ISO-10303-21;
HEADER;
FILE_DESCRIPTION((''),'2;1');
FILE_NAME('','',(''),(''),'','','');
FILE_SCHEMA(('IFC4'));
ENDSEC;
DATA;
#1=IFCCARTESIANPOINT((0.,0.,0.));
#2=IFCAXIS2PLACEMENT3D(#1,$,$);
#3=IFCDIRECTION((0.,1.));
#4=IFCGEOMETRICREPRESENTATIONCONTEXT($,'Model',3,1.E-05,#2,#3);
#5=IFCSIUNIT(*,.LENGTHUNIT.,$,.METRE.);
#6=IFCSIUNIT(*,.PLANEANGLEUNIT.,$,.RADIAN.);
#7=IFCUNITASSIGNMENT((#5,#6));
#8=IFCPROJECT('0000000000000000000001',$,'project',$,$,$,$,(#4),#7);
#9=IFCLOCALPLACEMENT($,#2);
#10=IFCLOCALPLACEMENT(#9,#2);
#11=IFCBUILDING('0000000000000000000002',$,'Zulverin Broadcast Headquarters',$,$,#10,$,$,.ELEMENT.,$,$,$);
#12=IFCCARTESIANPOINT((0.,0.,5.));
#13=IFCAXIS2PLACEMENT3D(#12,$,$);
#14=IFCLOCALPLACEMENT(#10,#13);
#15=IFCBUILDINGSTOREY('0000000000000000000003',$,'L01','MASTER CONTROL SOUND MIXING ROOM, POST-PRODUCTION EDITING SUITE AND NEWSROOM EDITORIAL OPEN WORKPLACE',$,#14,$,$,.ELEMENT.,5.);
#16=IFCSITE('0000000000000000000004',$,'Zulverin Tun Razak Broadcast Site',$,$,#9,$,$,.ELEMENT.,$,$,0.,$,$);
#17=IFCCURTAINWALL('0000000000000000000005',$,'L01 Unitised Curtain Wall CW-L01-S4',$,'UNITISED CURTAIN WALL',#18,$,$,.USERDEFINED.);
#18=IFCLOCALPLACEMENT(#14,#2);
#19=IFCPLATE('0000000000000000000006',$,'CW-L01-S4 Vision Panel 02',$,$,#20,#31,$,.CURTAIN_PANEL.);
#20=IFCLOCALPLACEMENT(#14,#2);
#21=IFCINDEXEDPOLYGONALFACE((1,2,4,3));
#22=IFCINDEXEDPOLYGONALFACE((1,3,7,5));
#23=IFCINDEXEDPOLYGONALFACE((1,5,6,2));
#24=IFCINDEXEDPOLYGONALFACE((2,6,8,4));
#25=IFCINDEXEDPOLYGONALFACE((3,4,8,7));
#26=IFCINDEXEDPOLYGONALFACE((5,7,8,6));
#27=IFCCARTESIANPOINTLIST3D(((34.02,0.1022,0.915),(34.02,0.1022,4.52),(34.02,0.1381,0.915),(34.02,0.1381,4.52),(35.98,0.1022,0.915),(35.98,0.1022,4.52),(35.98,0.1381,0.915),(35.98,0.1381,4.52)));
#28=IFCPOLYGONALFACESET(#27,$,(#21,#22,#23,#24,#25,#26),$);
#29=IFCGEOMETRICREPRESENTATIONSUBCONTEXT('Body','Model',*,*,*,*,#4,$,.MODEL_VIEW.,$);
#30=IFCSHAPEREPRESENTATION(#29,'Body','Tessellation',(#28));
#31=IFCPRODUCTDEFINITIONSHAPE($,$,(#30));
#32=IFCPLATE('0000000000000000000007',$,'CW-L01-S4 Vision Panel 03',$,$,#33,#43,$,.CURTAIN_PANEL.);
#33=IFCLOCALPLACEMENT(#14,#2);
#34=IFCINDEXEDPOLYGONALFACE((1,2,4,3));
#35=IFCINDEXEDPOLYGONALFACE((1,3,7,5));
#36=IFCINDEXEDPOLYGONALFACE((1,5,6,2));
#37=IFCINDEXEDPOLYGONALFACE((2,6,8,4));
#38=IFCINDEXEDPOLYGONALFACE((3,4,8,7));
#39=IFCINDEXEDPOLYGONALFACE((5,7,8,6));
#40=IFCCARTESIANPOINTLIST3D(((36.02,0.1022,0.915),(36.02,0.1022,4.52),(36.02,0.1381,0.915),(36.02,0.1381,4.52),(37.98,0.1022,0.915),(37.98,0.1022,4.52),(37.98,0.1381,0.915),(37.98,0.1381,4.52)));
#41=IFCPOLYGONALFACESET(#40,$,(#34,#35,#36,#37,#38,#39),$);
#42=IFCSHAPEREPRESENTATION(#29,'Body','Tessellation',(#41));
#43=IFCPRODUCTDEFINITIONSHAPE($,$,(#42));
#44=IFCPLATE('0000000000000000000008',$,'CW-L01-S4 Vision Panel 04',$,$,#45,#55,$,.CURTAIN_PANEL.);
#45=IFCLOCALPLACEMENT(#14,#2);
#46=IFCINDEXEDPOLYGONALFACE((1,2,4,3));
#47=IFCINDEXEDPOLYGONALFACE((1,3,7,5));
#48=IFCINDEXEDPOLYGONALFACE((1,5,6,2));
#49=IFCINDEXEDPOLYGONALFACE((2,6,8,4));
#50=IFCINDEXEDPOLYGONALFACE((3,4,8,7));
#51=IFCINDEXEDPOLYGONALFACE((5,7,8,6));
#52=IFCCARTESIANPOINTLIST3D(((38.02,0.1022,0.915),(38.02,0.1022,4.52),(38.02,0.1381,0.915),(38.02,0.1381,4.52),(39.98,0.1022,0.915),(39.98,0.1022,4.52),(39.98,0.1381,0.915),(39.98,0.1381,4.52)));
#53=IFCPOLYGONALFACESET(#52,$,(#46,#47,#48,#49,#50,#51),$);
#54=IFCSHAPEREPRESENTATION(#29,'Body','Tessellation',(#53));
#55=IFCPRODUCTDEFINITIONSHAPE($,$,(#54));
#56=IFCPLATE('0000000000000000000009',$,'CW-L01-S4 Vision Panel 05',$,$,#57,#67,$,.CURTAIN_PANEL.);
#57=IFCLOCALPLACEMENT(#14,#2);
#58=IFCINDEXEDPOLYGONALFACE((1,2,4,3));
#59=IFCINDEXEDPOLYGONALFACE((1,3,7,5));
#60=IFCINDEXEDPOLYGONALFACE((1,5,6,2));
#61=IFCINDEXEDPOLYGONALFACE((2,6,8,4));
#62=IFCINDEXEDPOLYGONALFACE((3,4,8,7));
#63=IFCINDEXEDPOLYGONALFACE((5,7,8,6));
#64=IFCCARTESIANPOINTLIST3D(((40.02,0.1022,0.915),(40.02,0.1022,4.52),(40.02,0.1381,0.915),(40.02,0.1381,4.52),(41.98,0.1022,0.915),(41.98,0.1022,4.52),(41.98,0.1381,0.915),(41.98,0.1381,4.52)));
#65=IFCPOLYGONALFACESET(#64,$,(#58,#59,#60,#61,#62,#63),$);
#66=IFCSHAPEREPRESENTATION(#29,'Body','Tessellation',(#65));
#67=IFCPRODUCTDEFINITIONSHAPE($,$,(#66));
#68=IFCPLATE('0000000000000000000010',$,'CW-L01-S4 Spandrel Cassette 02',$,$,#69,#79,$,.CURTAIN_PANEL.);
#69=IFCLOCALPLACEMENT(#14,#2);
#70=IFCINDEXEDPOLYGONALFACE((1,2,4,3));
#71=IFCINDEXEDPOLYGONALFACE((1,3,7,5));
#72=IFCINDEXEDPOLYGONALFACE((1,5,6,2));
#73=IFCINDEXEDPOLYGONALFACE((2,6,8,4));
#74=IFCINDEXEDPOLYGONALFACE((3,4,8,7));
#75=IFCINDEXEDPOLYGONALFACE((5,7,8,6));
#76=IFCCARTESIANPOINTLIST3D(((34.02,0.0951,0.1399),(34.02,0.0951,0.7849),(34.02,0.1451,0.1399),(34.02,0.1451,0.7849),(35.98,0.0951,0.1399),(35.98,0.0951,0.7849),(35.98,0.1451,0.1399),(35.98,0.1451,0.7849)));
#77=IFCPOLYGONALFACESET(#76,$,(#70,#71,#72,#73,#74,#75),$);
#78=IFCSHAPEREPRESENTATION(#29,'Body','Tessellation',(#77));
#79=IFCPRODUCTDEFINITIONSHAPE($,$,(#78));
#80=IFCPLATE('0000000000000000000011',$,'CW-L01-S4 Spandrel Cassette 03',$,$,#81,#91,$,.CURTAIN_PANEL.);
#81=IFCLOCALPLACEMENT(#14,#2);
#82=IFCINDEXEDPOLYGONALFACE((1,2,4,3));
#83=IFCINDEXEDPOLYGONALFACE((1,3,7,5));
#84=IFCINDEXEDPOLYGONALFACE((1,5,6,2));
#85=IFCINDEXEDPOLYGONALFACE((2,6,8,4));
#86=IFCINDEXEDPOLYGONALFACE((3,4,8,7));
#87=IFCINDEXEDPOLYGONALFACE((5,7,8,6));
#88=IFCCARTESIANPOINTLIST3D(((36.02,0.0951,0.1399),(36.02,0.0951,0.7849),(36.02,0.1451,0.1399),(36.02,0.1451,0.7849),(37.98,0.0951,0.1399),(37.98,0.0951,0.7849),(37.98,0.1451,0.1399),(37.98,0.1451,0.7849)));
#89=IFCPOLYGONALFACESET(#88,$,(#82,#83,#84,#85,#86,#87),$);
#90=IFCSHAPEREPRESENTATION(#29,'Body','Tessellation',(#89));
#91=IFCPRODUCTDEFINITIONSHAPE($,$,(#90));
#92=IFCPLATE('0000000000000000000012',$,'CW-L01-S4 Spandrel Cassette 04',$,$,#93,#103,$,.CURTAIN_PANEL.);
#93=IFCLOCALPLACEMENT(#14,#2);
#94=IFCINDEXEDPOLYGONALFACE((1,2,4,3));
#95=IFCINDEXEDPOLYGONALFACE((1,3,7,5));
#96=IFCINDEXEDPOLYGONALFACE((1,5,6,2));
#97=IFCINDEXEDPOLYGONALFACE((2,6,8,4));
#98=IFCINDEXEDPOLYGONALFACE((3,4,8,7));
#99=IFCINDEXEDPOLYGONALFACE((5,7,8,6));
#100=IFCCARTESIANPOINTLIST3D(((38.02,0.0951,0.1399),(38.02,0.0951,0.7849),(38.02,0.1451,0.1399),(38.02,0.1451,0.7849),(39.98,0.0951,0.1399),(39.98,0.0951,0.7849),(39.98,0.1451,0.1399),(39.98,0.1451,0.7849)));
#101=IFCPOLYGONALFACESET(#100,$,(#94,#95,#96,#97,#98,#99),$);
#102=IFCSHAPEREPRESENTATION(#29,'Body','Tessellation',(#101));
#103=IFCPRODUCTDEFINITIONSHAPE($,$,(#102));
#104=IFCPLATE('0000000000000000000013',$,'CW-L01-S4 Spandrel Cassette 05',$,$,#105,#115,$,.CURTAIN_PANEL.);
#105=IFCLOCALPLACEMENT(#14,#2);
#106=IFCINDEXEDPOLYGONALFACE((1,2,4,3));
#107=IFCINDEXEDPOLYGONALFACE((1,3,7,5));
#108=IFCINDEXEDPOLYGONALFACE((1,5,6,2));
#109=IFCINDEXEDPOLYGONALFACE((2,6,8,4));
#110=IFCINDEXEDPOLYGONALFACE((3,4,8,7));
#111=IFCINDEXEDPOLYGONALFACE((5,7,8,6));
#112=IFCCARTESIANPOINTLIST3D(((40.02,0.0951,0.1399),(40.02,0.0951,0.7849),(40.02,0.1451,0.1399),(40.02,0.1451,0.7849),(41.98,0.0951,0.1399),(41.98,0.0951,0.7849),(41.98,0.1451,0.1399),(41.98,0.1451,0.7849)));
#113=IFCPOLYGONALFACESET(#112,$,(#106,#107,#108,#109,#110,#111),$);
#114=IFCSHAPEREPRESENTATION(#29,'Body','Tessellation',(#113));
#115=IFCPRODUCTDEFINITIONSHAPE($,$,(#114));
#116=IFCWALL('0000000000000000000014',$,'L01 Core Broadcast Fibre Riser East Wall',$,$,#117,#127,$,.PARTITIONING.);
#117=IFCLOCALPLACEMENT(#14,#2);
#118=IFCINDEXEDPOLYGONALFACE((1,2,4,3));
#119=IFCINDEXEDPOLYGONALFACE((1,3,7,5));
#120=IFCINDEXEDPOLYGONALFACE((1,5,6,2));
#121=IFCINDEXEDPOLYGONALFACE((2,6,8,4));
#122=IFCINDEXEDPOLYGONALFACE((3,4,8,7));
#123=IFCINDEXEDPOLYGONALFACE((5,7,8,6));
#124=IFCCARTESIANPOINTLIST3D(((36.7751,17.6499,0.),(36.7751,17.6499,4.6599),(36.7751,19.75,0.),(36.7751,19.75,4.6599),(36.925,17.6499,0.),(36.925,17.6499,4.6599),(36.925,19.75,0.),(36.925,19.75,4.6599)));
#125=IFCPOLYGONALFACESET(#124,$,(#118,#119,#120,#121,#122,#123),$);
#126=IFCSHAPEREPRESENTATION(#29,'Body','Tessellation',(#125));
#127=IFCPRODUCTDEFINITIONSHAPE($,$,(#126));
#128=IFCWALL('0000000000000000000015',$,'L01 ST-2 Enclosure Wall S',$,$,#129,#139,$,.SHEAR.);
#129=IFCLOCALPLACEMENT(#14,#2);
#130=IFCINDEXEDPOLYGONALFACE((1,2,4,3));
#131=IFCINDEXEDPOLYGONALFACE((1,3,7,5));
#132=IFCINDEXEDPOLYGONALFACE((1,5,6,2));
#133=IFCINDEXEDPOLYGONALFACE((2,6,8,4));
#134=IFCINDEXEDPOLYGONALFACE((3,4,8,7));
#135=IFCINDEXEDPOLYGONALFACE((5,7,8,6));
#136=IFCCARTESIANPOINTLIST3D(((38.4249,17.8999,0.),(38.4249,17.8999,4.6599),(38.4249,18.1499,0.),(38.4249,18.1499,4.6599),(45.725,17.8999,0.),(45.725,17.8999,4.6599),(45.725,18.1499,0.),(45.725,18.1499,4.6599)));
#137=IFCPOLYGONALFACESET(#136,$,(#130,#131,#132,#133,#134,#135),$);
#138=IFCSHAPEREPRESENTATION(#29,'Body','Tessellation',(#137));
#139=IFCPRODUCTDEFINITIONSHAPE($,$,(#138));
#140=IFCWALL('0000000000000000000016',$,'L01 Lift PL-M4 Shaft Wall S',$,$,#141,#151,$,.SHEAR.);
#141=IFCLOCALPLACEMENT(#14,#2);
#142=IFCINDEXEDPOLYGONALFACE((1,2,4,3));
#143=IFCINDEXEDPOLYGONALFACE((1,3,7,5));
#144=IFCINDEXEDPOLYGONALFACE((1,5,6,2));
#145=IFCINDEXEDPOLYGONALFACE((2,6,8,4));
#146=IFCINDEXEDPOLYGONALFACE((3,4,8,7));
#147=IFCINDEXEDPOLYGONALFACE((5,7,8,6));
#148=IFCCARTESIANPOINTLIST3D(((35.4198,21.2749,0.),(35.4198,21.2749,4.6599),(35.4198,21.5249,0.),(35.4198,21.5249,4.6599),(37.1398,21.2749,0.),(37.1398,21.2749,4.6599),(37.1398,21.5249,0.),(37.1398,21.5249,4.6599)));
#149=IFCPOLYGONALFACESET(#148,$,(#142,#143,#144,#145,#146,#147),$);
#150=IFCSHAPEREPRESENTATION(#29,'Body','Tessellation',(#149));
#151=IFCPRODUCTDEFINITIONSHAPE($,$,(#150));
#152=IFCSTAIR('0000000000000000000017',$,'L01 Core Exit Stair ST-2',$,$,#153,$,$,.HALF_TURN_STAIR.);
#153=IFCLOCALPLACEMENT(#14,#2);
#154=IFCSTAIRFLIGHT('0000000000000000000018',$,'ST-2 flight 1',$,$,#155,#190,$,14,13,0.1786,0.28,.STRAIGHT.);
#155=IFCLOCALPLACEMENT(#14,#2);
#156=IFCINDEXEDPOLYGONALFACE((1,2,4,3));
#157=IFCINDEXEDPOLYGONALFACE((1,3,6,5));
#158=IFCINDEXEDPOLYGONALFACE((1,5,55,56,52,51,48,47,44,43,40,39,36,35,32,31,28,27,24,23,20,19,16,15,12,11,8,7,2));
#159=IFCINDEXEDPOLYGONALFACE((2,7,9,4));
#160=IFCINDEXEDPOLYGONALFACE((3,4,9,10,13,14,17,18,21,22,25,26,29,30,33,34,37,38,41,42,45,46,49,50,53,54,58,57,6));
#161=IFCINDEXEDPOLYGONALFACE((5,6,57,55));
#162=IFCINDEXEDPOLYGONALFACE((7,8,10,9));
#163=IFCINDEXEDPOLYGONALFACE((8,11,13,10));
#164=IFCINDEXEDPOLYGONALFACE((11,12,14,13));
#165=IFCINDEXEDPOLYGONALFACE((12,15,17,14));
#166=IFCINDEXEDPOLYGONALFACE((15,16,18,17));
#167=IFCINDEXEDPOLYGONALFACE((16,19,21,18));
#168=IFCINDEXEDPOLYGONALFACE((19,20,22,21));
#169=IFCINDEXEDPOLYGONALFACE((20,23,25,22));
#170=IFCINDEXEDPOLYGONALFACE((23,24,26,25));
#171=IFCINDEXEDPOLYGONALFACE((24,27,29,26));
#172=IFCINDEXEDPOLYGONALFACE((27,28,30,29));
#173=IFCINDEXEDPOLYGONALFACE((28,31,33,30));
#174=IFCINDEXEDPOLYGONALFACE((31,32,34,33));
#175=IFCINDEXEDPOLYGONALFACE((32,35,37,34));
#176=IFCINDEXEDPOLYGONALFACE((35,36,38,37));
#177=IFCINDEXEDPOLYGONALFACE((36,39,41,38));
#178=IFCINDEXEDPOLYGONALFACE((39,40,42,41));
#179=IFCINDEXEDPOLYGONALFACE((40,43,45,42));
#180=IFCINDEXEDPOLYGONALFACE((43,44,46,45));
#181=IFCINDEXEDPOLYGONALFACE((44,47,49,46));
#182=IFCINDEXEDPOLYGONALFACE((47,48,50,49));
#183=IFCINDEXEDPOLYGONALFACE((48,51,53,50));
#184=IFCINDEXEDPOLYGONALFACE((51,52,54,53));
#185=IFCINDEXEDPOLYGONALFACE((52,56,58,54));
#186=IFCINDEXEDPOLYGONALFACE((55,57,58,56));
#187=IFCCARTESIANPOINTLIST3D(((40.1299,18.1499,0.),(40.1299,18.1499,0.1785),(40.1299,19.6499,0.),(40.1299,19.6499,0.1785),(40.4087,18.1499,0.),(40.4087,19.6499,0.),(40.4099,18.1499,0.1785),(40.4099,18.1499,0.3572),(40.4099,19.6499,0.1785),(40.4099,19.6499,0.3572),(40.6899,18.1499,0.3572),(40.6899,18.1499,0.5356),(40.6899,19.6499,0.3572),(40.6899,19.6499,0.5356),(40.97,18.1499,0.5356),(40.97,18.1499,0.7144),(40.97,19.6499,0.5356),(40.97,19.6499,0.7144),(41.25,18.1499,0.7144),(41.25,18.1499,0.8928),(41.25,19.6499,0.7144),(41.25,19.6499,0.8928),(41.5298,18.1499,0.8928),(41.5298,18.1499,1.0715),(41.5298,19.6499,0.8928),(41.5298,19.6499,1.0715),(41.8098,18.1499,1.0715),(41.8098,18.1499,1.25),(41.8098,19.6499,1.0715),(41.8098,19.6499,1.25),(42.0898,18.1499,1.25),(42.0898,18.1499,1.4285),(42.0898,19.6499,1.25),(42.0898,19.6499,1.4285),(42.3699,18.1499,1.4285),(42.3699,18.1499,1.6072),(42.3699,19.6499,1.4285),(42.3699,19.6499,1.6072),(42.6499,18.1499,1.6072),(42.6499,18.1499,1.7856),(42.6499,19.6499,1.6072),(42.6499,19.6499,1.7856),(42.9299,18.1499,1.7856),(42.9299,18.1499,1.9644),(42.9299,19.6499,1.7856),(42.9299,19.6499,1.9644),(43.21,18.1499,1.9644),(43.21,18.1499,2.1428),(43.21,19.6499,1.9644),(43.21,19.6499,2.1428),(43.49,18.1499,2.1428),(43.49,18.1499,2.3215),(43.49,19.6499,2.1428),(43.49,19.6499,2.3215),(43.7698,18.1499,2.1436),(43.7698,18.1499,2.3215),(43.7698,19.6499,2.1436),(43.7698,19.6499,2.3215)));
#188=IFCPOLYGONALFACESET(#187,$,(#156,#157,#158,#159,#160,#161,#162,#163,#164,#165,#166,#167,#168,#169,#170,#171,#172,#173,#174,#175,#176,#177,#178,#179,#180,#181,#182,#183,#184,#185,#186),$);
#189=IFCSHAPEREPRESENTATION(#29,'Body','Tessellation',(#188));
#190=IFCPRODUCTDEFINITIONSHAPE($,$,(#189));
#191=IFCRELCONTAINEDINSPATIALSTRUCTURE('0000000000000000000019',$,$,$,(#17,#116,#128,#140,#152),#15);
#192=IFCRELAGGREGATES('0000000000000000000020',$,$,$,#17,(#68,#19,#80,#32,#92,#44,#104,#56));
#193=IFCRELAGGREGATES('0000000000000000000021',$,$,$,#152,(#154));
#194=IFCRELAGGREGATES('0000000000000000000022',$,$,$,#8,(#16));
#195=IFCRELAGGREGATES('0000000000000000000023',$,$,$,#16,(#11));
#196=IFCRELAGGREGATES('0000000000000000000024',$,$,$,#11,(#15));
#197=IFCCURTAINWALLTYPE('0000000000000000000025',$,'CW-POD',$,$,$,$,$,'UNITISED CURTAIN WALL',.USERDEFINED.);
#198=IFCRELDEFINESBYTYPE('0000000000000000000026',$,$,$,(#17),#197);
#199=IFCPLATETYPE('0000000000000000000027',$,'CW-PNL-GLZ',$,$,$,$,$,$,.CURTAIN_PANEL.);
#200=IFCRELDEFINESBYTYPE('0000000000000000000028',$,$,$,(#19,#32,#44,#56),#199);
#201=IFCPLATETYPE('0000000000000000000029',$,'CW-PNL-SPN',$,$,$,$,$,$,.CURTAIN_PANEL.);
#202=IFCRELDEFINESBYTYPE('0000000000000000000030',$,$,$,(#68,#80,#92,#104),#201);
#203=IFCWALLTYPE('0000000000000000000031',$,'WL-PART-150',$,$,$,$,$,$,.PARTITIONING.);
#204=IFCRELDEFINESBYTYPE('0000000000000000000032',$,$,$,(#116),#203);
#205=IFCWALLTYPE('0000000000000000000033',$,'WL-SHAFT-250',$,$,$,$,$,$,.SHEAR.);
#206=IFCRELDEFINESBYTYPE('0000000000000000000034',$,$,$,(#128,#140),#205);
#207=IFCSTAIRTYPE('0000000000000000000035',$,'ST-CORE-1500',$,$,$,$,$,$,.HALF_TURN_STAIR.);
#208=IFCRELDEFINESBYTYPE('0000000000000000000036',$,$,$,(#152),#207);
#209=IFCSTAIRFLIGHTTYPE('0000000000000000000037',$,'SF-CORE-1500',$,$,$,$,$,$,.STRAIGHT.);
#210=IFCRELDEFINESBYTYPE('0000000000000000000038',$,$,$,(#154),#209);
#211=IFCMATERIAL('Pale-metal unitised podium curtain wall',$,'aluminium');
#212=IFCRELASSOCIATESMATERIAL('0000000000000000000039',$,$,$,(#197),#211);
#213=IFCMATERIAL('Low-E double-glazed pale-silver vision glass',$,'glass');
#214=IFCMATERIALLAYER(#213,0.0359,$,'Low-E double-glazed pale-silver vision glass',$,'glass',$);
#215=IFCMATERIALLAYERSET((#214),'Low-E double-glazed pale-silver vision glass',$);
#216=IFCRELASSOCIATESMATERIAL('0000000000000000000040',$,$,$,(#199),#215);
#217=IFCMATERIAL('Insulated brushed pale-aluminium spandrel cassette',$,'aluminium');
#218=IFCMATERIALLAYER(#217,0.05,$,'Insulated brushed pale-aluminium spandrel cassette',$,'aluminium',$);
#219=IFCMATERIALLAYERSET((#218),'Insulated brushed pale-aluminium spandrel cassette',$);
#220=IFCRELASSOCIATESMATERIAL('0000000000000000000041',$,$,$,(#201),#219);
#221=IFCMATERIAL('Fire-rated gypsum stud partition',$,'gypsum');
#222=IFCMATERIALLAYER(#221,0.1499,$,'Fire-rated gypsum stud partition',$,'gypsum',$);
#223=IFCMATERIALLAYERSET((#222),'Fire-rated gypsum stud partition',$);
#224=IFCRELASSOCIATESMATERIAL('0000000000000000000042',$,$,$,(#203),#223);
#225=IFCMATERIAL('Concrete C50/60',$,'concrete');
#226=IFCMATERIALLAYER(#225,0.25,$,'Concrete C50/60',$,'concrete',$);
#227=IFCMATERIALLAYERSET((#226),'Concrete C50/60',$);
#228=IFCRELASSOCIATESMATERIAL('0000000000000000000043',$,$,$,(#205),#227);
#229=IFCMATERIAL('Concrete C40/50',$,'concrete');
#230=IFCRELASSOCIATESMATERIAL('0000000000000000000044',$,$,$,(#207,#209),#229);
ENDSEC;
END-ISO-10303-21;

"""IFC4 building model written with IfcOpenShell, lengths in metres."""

from ifc_helpers import new_model, si_unit, direction, frame, frame_2d, origin, origin_2d, place, context, subcontext, project, spatial, polyline, rectangle, outline, extrude, material, layer, layer_set, type_object, element, aggregate, save


model = new_model("IFC4")

# Units and contexts
model_context = context("Model", 3, precision=1e-05, world=origin(), true_north=direction((0.0, 1.0)))
body_context = subcontext(model_context, "Body", "Model", "MODEL_VIEW")
ifc_project = project(units=[si_unit("LENGTHUNIT", "METRE"), si_unit("PLANEANGLEUNIT", "RADIAN")], contexts=[model_context])

# Site, building, storey
site_placement = place(None, origin())
site = spatial("IfcSite", under=ifc_project, at=site_placement, Name="Zulverin Tun Razak Broadcast Site", CompositionType="ELEMENT", RefElevation=0.0)
building_placement = place(site_placement, origin())
building = spatial("IfcBuilding", under=site, at=building_placement, Name="Zulverin Broadcast Headquarters", CompositionType="ELEMENT")
storey_placement = place(building_placement, frame((0.0, 0.0, 5.0)))
storey = spatial("IfcBuildingStorey", under=building, at=storey_placement, Name="L01", Description="MASTER CONTROL SOUND MIXING ROOM, POST-PRODUCTION EDITING SUITE AND NEWSROOM EDITORIAL OPEN WORKPLACE", CompositionType="ELEMENT", Elevation=5.0)

# Curtain wall, plates
ifc_material_1 = material(Name="Pale-metal unitised podium curtain wall", Category="aluminium")
curtain_wall_type = type_object("IfcCurtainWallType", Name="CW-POD", ElementType="UNITISED CURTAIN WALL", PredefinedType="USERDEFINED", material=ifc_material_1)
curtain_wall_placement = place(storey_placement, origin())
curtain_wall = element("IfcCurtainWall", 1, at=curtain_wall_placement, inside=storey, type_object=curtain_wall_type, Name="L01 Unitised Curtain Wall CW-L01-S4", ObjectType="UNITISED CURTAIN WALL", PredefinedType="USERDEFINED")
ifc_material_2 = material(Name="Low-E double-glazed pale-silver vision glass", Category="glass")
ifc_layer_1 = layer(ifc_material_2, 0.0359, Name="Low-E double-glazed pale-silver vision glass", Category="glass")
ifc_layer_set_1 = layer_set([ifc_layer_1], Name="Low-E double-glazed pale-silver vision glass")
plate_type_1 = type_object("IfcPlateType", Name="CW-PNL-GLZ", PredefinedType="CURTAIN_PANEL", material=ifc_layer_set_1)
plate_1_placement = place(storey_placement, frame((35.0, 0.1201, 0.915), z_axis=(0.0, 0.0, 1.0), x_axis=(1.0, 0.0, 0.0)))
plate_1 = element("IfcPlate", 2, at=plate_1_placement, type_object=plate_type_1, Name="CW-L01-S4 Vision Panel 02", PredefinedType="CURTAIN_PANEL", context=body_context, shape_type="SweptSolid", body=[
    extrude(rectangle(XDim=1.96, YDim=0.0359, at=origin_2d()), origin(), (0.0, 0.0, 1.0), 3.605),
])
plate_2_placement = place(storey_placement, frame((37.0, 0.1201, 0.915), z_axis=(0.0, 0.0, 1.0), x_axis=(1.0, 0.0, 0.0)))
plate_2 = element("IfcPlate", 3, at=plate_2_placement, type_object=plate_type_1, Name="CW-L01-S4 Vision Panel 03", PredefinedType="CURTAIN_PANEL", context=body_context, shape_type="SweptSolid", body=[
    extrude(rectangle(XDim=1.96, YDim=0.0359, at=origin_2d()), origin(), (0.0, 0.0, 1.0), 3.605),
])
plate_3_placement = place(storey_placement, frame((39.0, 0.1201, 0.915), z_axis=(0.0, 0.0, 1.0), x_axis=(1.0, 0.0, 0.0)))
plate_3 = element("IfcPlate", 4, at=plate_3_placement, type_object=plate_type_1, Name="CW-L01-S4 Vision Panel 04", PredefinedType="CURTAIN_PANEL", context=body_context, shape_type="SweptSolid", body=[
    extrude(rectangle(XDim=1.96, YDim=0.0359, at=origin_2d()), origin(), (0.0, 0.0, 1.0), 3.605),
])
plate_4_placement = place(storey_placement, frame((41.0, 0.1201, 0.915), z_axis=(0.0, 0.0, 1.0), x_axis=(1.0, 0.0, 0.0)))
plate_4 = element("IfcPlate", 5, at=plate_4_placement, type_object=plate_type_1, Name="CW-L01-S4 Vision Panel 05", PredefinedType="CURTAIN_PANEL", context=body_context, shape_type="SweptSolid", body=[
    extrude(rectangle(XDim=1.96, YDim=0.0359, at=origin_2d()), origin(), (0.0, 0.0, 1.0), 3.605),
])
ifc_material_3 = material(Name="Insulated brushed pale-aluminium spandrel cassette", Category="aluminium")
ifc_layer_2 = layer(ifc_material_3, 0.05, Name="Insulated brushed pale-aluminium spandrel cassette", Category="aluminium")
ifc_layer_set_2 = layer_set([ifc_layer_2], Name="Insulated brushed pale-aluminium spandrel cassette")
plate_type_2 = type_object("IfcPlateType", Name="CW-PNL-SPN", PredefinedType="CURTAIN_PANEL", material=ifc_layer_set_2)
plate_5_placement = place(storey_placement, frame((35.0, 0.1201, 0.1399), z_axis=(0.0, 0.0, 1.0), x_axis=(1.0, 0.0, 0.0)))
plate_5 = element("IfcPlate", 6, at=plate_5_placement, type_object=plate_type_2, Name="CW-L01-S4 Spandrel Cassette 02", PredefinedType="CURTAIN_PANEL", context=body_context, shape_type="SweptSolid", body=[
    extrude(rectangle(XDim=1.96, YDim=0.05, at=origin_2d()), origin(), (0.0, 0.0, 1.0), 0.645),
])
plate_6_placement = place(storey_placement, frame((37.0, 0.1201, 0.1399), z_axis=(0.0, 0.0, 1.0), x_axis=(1.0, 0.0, 0.0)))
plate_6 = element("IfcPlate", 7, at=plate_6_placement, type_object=plate_type_2, Name="CW-L01-S4 Spandrel Cassette 03", PredefinedType="CURTAIN_PANEL", context=body_context, shape_type="SweptSolid", body=[
    extrude(rectangle(XDim=1.96, YDim=0.05, at=origin_2d()), origin(), (0.0, 0.0, 1.0), 0.645),
])
plate_7_placement = place(storey_placement, frame((39.0, 0.1201, 0.1399), z_axis=(0.0, 0.0, 1.0), x_axis=(1.0, 0.0, 0.0)))
plate_7 = element("IfcPlate", 8, at=plate_7_placement, type_object=plate_type_2, Name="CW-L01-S4 Spandrel Cassette 04", PredefinedType="CURTAIN_PANEL", context=body_context, shape_type="SweptSolid", body=[
    extrude(rectangle(XDim=1.96, YDim=0.05, at=origin_2d()), origin(), (0.0, 0.0, 1.0), 0.645),
])
plate_8_placement = place(storey_placement, frame((41.0, 0.1201, 0.1399), z_axis=(0.0, 0.0, 1.0), x_axis=(1.0, 0.0, 0.0)))
plate_8 = element("IfcPlate", 9, at=plate_8_placement, type_object=plate_type_2, Name="CW-L01-S4 Spandrel Cassette 05", PredefinedType="CURTAIN_PANEL", context=body_context, shape_type="SweptSolid", body=[
    extrude(rectangle(XDim=1.96, YDim=0.05, at=origin_2d()), origin(), (0.0, 0.0, 1.0), 0.645),
])
aggregate(curtain_wall, [plate_5, plate_1, plate_6, plate_2, plate_7, plate_3, plate_8, plate_4])

# Walls
ifc_material_4 = material(Name="Fire-rated gypsum stud partition", Category="gypsum")
ifc_layer_3 = layer(ifc_material_4, 0.1499, Name="Fire-rated gypsum stud partition", Category="gypsum")
ifc_layer_set_3 = layer_set([ifc_layer_3], Name="Fire-rated gypsum stud partition")
wall_type_1 = type_object("IfcWallType", Name="WL-PART-150", PredefinedType="PARTITIONING", material=ifc_layer_set_3)
wall_1_placement = place(storey_placement, frame((36.8501, 17.6499, 0.0), z_axis=(0.0, 0.0, 1.0), x_axis=(0.0, 1.0, 0.0)))
element("IfcWall", 10, at=wall_1_placement, inside=storey, type_object=wall_type_1, Name="L01 Core Broadcast Fibre Riser East Wall", PredefinedType="PARTITIONING", context=body_context, shape_type="SweptSolid", body=[
    extrude(rectangle(XDim=2.1001, YDim=0.1499, at=frame_2d((1.05, 0.0))), origin(), (0.0, 0.0, 1.0), 4.6599),
])
ifc_material_5 = material(Name="Concrete C50/60", Category="concrete")
ifc_layer_4 = layer(ifc_material_5, 0.25, Name="Concrete C50/60", Category="concrete")
ifc_layer_set_4 = layer_set([ifc_layer_4], Name="Concrete C50/60")
wall_type_2 = type_object("IfcWallType", Name="WL-SHAFT-250", PredefinedType="SHEAR", material=ifc_layer_set_4)
wall_2_placement = place(storey_placement, frame((38.425, 18.0249, 0.0), z_axis=(0.0, 0.0, 1.0), x_axis=(1.0, 0.0, 0.0)))
element("IfcWall", 11, at=wall_2_placement, inside=storey, type_object=wall_type_2, Name="L01 ST-2 Enclosure Wall S", PredefinedType="SHEAR", context=body_context, shape_type="SweptSolid", body=[
    extrude(rectangle(XDim=7.3, YDim=0.25, at=frame_2d((3.6499, 0.0))), origin(), (0.0, 0.0, 1.0), 4.6599),
])

# Wall
wall_3_placement = place(storey_placement, frame((35.4199, 21.3999, 0.0), z_axis=(0.0, 0.0, 1.0), x_axis=(1.0, 0.0, 0.0)))
element("IfcWall", 12, at=wall_3_placement, inside=storey, type_object=wall_type_2, Name="L01 Lift PL-M4 Shaft Wall S", PredefinedType="SHEAR", context=body_context, shape_type="SweptSolid", body=[
    extrude(rectangle(XDim=1.72, YDim=0.25, at=frame_2d((0.8599, 0.0))), origin(), (0.0, 0.0, 1.0), 4.6599),
])

# Stair, stair flight
ifc_material_6 = material(Name="Concrete C40/50", Category="concrete")
stair_type = type_object("IfcStairType", Name="ST-CORE-1500", PredefinedType="HALF_TURN_STAIR", material=ifc_material_6)
stair_placement = place(storey_placement, origin())
stair = element("IfcStair", 13, at=stair_placement, inside=storey, type_object=stair_type, Name="L01 Core Exit Stair ST-2", PredefinedType="HALF_TURN_STAIR")
stair_flight_type = type_object("IfcStairFlightType", Name="SF-CORE-1500", PredefinedType="STRAIGHT", material=ifc_material_6)
stair_flight_placement = place(storey_placement, frame((40.1299, 18.8999, 0.0), z_axis=(0.0, 0.0, 1.0), x_axis=(1.0, 0.0, 0.0)))
stair_flight = element("IfcStairFlight", 14, at=stair_flight_placement, type_object=stair_flight_type, Name="ST-2 flight 1", NumberOfRisers=14, NumberOfTreads=13, PredefinedType="STRAIGHT", RiserHeight=0.1786, TreadLength=0.28, context=body_context, shape_type="SweptSolid", body=[
    extrude(outline(polyline([(0.0, 0.0), (0.0, 0.1785), (0.28, 0.1785), (0.28, 0.3572), (0.5601, 0.3572), (0.5601, 0.5356), (0.8401, 0.5356), (0.8401, 0.7144), (1.1201, 0.7144), (1.1201, 0.8928), (1.3999, 0.8928), (1.3999, 1.0715), (1.6799, 1.0715), (1.6799, 1.25), (1.96, 1.25), (1.96, 1.4285), (2.24, 1.4285), (2.24, 1.6072), (2.52, 1.6072), (2.52, 1.7856), (2.8, 1.7856), (2.8, 1.9644), (3.0801, 1.9644), (3.0801, 2.1428), (3.3601, 2.1428), (3.3601, 2.3215), (3.6399, 2.3215), (3.6399, 2.5), (3.6399, 2.1436), (0.2788, 0.0), (0.0, 0.0)])), frame((0.0, 0.75, 0.0), z_axis=(0.0, -1.0, 0.0), x_axis=(1.0, 0.0, 0.0)), (0.0, 0.0, 1.0), 1.5),
])
aggregate(stair, [stair_flight])

save(model, "model.ifc")
